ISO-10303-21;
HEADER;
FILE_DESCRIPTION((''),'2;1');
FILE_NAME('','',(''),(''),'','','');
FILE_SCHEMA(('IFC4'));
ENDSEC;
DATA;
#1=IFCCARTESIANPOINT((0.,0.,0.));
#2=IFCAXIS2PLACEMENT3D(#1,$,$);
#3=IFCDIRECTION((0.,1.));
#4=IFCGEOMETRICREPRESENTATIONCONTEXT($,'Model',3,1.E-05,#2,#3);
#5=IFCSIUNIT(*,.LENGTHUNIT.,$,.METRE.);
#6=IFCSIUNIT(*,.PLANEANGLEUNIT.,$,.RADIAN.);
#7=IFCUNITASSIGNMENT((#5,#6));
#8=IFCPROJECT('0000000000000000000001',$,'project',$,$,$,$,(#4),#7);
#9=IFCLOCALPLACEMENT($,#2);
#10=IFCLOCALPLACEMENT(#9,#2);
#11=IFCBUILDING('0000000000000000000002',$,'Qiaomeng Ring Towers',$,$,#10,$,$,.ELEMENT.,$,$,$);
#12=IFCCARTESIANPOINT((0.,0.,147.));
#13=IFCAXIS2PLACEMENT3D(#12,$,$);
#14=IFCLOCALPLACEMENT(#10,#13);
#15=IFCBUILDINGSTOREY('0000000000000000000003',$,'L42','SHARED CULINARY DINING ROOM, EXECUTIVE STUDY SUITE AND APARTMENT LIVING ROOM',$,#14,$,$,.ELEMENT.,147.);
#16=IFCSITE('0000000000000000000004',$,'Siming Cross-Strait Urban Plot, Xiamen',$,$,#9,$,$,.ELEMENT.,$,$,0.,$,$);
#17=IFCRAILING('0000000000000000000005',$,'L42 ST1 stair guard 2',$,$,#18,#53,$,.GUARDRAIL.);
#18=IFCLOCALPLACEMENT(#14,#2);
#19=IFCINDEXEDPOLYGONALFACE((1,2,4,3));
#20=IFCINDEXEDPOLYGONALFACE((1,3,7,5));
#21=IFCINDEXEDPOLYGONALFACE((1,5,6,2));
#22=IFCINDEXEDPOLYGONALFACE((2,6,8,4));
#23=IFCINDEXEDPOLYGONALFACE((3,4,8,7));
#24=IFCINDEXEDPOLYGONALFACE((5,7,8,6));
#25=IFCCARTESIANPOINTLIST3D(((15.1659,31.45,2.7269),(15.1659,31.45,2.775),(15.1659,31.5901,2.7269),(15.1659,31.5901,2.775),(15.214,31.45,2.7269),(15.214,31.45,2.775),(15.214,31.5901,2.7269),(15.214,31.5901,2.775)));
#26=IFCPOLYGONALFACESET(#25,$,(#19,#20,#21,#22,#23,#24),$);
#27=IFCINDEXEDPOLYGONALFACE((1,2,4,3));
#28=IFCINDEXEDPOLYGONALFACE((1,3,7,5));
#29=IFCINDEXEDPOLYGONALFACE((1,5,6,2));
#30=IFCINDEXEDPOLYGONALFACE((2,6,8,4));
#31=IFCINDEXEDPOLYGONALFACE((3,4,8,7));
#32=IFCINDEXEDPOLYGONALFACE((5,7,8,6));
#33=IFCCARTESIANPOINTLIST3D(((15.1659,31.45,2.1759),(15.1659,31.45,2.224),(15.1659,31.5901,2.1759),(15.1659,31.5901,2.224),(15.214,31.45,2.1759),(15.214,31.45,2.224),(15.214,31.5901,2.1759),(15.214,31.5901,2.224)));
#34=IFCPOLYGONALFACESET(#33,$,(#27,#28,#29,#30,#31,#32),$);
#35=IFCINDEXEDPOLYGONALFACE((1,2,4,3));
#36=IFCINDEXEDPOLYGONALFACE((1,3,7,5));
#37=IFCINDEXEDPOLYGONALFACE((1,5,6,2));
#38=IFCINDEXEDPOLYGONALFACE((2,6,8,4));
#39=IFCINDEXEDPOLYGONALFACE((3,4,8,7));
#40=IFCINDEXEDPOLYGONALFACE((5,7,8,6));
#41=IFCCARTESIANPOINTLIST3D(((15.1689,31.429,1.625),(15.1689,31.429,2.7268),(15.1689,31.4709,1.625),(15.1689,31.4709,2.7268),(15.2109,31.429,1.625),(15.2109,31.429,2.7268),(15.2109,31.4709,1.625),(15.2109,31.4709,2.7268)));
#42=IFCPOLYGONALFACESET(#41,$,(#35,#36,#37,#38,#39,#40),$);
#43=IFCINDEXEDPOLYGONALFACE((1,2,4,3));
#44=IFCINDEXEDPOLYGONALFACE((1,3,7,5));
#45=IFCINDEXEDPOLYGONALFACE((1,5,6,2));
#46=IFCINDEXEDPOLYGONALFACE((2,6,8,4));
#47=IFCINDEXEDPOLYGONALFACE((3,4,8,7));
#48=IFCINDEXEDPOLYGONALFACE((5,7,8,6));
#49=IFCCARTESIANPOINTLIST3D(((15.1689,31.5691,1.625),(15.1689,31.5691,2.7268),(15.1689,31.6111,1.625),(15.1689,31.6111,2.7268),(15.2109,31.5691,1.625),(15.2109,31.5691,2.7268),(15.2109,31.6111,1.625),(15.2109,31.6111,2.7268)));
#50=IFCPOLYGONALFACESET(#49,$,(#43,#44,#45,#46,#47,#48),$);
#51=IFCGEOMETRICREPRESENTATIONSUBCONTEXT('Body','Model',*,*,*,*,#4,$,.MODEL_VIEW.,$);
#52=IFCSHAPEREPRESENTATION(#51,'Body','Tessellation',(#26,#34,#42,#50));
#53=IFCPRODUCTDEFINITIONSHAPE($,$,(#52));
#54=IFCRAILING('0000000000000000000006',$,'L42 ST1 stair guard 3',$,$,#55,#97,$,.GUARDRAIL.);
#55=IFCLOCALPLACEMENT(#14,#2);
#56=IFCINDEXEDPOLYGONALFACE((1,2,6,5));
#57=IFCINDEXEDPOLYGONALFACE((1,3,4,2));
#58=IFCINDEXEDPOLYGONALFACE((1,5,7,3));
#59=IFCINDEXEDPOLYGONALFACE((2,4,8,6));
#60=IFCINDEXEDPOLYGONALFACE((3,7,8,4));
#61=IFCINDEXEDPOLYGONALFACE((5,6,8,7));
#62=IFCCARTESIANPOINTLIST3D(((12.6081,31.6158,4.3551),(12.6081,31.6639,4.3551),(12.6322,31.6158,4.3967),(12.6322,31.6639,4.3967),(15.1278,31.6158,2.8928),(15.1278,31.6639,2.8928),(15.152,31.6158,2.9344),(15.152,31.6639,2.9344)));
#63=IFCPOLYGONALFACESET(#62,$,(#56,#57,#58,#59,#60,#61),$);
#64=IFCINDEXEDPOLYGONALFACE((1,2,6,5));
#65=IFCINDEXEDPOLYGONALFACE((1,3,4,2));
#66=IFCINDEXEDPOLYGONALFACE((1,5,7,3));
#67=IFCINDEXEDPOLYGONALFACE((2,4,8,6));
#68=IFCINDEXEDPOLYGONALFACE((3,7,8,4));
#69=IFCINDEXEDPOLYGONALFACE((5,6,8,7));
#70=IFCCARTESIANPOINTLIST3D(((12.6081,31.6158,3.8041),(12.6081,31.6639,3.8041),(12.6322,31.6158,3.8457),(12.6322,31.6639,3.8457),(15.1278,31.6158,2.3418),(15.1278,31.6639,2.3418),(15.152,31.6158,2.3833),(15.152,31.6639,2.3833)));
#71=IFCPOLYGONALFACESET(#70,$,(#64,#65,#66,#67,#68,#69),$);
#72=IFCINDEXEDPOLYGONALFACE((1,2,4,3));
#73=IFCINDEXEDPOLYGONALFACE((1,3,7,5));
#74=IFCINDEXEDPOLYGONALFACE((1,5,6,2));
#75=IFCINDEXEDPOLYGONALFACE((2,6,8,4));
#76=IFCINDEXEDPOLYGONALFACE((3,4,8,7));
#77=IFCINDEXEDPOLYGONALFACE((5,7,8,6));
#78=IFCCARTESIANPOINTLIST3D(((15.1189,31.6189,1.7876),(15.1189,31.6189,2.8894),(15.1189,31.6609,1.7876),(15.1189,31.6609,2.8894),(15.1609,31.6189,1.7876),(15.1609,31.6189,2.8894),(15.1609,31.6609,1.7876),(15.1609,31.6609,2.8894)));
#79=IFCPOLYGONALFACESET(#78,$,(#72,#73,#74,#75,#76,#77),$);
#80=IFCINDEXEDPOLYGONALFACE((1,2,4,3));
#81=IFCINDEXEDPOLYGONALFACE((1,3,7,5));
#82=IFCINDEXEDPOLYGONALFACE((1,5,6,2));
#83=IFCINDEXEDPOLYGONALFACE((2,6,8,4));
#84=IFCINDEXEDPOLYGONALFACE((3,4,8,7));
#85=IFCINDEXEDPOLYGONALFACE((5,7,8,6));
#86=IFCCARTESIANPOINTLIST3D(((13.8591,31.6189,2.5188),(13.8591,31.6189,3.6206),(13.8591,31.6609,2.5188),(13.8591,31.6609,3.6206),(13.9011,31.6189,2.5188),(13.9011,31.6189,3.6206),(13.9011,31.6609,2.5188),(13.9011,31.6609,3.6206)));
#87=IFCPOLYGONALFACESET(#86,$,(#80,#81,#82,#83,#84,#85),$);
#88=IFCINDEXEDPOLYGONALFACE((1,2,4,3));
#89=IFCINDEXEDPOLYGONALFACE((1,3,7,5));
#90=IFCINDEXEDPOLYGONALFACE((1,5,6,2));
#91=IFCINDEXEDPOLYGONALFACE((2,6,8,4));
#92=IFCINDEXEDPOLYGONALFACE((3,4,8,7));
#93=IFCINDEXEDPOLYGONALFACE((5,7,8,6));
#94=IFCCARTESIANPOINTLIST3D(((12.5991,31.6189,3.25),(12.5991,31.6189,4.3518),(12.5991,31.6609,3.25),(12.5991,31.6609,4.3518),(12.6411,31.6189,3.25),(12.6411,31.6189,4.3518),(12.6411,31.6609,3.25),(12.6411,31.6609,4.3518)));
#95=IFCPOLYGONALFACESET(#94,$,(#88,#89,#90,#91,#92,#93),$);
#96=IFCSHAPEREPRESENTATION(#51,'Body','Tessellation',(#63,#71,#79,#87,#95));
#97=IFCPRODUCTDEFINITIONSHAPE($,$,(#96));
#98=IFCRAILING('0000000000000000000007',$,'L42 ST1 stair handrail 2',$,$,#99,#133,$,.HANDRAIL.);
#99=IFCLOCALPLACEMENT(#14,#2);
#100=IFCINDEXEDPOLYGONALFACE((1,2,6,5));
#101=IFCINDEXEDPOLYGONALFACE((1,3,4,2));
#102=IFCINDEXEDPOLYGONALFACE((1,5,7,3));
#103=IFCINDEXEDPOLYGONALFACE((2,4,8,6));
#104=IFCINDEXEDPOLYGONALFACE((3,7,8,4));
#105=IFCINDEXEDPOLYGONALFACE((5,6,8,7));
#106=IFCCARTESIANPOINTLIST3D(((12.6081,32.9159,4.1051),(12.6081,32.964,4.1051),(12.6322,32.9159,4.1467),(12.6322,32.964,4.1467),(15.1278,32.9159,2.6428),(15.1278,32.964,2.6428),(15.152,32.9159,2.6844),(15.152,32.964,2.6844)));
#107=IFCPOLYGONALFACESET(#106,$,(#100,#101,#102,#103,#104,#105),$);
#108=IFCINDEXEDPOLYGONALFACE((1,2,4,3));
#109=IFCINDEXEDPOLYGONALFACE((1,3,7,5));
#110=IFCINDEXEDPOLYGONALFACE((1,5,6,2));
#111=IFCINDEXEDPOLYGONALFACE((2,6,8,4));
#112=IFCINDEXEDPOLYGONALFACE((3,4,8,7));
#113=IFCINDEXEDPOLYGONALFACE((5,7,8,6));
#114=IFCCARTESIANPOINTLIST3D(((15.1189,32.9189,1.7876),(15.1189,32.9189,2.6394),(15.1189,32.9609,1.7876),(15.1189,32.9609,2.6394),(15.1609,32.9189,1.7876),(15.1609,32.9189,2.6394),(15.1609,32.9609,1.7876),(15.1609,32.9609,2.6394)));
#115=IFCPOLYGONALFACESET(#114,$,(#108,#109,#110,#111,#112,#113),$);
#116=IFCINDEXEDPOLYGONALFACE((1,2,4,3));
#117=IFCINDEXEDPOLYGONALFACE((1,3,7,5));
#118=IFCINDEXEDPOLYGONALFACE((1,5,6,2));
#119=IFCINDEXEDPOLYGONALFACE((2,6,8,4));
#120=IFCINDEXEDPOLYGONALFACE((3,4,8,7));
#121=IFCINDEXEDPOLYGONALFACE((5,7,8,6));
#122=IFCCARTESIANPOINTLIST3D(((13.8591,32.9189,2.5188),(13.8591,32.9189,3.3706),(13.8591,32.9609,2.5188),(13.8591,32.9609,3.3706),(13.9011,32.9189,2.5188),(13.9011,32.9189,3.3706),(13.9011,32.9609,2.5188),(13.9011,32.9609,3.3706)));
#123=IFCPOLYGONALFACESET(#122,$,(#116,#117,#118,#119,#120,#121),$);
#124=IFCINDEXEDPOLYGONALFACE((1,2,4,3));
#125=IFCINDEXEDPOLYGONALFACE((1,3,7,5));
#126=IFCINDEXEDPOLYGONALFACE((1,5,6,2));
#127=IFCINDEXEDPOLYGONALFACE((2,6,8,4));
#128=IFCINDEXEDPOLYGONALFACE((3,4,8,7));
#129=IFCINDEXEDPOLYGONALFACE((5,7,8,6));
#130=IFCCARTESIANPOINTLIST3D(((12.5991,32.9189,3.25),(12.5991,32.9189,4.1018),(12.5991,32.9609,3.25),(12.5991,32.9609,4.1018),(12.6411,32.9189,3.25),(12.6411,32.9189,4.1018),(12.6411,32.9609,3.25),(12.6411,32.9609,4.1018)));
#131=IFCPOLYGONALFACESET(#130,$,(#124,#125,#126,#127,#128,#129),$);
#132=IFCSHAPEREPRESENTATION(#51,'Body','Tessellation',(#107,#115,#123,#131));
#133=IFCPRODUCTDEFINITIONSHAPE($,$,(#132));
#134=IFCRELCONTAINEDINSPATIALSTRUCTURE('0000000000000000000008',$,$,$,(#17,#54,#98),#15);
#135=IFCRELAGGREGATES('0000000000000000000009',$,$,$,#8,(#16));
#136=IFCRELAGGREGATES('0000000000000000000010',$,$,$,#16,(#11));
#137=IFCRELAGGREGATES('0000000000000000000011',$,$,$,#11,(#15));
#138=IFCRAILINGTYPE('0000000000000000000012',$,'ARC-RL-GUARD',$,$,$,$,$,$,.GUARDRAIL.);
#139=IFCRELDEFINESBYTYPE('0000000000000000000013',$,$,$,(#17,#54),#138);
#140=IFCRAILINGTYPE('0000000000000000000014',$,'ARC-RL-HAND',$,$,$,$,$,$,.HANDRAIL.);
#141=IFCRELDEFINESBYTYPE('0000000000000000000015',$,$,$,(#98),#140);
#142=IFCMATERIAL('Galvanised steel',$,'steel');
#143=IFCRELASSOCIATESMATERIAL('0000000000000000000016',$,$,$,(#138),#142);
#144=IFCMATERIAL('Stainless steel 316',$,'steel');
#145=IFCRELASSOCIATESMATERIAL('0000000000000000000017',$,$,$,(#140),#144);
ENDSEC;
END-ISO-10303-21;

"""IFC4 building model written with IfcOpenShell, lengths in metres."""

from ifc_helpers import new_model, si_unit, direction, frame, origin, origin_2d, place, context, subcontext, project, spatial, rectangle, extrude, material, type_object, element, save


model = new_model("IFC4")

# Units and contexts
model_context = context("Model", 3, precision=1e-05, world=origin(), true_north=direction((0.0, 1.0)))
body_context = subcontext(model_context, "Body", "Model", "MODEL_VIEW")
ifc_project = project(units=[si_unit("LENGTHUNIT", "METRE"), si_unit("PLANEANGLEUNIT", "RADIAN")], contexts=[model_context])

# Site, building, storey
site_placement = place(None, origin())
site = spatial("IfcSite", under=ifc_project, at=site_placement, Name="Siming Cross-Strait Urban Plot, Xiamen", CompositionType="ELEMENT", RefElevation=0.0)
building_placement = place(site_placement, origin())
building = spatial("IfcBuilding", under=site, at=building_placement, Name="Qiaomeng Ring Towers", CompositionType="ELEMENT")
storey_placement = place(building_placement, frame((0.0, 0.0, 147.0)))
storey = spatial("IfcBuildingStorey", under=building, at=storey_placement, Name="L42", Description="SHARED CULINARY DINING ROOM, EXECUTIVE STUDY SUITE AND APARTMENT LIVING ROOM", CompositionType="ELEMENT", Elevation=147.0)

# Shared definitions
ifc_material_1 = material(Name="Galvanised steel", Category="steel")

# Shared definitions
ifc_material_2 = material(Name="Stainless steel 316", Category="steel")

# Railings
railing_type_1 = type_object("IfcRailingType", Name="ARC-RL-GUARD", PredefinedType="GUARDRAIL", material=ifc_material_1)
railing_1_placement = place(storey_placement, frame((15.1899, 31.45, 1.625)))
element("IfcRailing", 1, at=railing_1_placement, inside=storey, type_object=railing_type_1, Name="L42 ST1 stair guard 2", PredefinedType="GUARDRAIL", context=body_context, shape_type="SweptSolid", body=[
    extrude(rectangle(XDim=0.0481, YDim=0.0481, at=origin_2d()), frame((0.0, 0.0, 1.126), z_axis=(0.0, 1.0, 0.0), x_axis=(-1.0, 0.0, 0.0)), (0.0, 0.0, 1.0), 0.1401),
    extrude(rectangle(XDim=0.0481, YDim=0.0481, at=origin_2d()), frame((0.0, 0.0, 0.575), z_axis=(0.0, 1.0, 0.0), x_axis=(-1.0, 0.0, 0.0)), (0.0, 0.0, 1.0), 0.1401),
    extrude(rectangle(XDim=0.042, YDim=0.042, at=origin_2d()), origin(), (0.0, 0.0, 1.0), 1.1018),
    extrude(rectangle(XDim=0.042, YDim=0.042, at=origin_2d()), frame((0.0, 0.1401, 0.0)), (0.0, 0.0, 1.0), 1.1018),
])
railing_2_placement = place(storey_placement, frame((15.1399, 31.6399, 1.7876)))
element("IfcRailing", 2, at=railing_2_placement, inside=storey, type_object=railing_type_1, Name="L42 ST1 stair guard 3", PredefinedType="GUARDRAIL", context=body_context, shape_type="SweptSolid", body=[
    extrude(rectangle(XDim=0.0481, YDim=0.0481, at=origin_2d()), frame((0.0, 0.0, 1.126), z_axis=(-0.864892, 0.0, 0.501958), x_axis=(0.0, -1.0, 0.0)), (0.0, 0.0, 1.0), 2.9133),
    extrude(rectangle(XDim=0.0481, YDim=0.0481, at=origin_2d()), frame((0.0, 0.0, 0.575), z_axis=(-0.864892, 0.0, 0.501958), x_axis=(0.0, -1.0, 0.0)), (0.0, 0.0, 1.0), 2.9133),
    extrude(rectangle(XDim=0.042, YDim=0.042, at=origin_2d()), origin(), (0.0, 0.0, 1.0), 1.1018),
    extrude(rectangle(XDim=0.042, YDim=0.042, at=origin_2d()), frame((-1.2598, 0.0, 0.7312)), (0.0, 0.0, 1.0), 1.1018),
    extrude(rectangle(XDim=0.042, YDim=0.042, at=origin_2d()), frame((-2.5198, 0.0, 1.4624)), (0.0, 0.0, 1.0), 1.1018),
])
railing_type_2 = type_object("IfcRailingType", Name="ARC-RL-HAND", PredefinedType="HANDRAIL", material=ifc_material_2)
railing_3_placement = place(storey_placement, frame((15.1399, 32.9399, 1.7876)))
element("IfcRailing", 3, at=railing_3_placement, inside=storey, type_object=railing_type_2, Name="L42 ST1 stair handrail 2", PredefinedType="HANDRAIL", context=body_context, shape_type="SweptSolid", body=[
    extrude(rectangle(XDim=0.0481, YDim=0.0481, at=origin_2d()), frame((0.0, 0.0, 0.876), z_axis=(-0.864892, 0.0, 0.501958), x_axis=(0.0, -1.0, 0.0)), (0.0, 0.0, 1.0), 2.9133),
    extrude(rectangle(XDim=0.042, YDim=0.042, at=origin_2d()), origin(), (0.0, 0.0, 1.0), 0.8518),
    extrude(rectangle(XDim=0.042, YDim=0.042, at=origin_2d()), frame((-1.2598, 0.0, 0.7312)), (0.0, 0.0, 1.0), 0.8518),
    extrude(rectangle(XDim=0.042, YDim=0.042, at=origin_2d()), frame((-2.5198, 0.0, 1.4624)), (0.0, 0.0, 1.0), 0.8518),
])

save(model, "model.ifc")
